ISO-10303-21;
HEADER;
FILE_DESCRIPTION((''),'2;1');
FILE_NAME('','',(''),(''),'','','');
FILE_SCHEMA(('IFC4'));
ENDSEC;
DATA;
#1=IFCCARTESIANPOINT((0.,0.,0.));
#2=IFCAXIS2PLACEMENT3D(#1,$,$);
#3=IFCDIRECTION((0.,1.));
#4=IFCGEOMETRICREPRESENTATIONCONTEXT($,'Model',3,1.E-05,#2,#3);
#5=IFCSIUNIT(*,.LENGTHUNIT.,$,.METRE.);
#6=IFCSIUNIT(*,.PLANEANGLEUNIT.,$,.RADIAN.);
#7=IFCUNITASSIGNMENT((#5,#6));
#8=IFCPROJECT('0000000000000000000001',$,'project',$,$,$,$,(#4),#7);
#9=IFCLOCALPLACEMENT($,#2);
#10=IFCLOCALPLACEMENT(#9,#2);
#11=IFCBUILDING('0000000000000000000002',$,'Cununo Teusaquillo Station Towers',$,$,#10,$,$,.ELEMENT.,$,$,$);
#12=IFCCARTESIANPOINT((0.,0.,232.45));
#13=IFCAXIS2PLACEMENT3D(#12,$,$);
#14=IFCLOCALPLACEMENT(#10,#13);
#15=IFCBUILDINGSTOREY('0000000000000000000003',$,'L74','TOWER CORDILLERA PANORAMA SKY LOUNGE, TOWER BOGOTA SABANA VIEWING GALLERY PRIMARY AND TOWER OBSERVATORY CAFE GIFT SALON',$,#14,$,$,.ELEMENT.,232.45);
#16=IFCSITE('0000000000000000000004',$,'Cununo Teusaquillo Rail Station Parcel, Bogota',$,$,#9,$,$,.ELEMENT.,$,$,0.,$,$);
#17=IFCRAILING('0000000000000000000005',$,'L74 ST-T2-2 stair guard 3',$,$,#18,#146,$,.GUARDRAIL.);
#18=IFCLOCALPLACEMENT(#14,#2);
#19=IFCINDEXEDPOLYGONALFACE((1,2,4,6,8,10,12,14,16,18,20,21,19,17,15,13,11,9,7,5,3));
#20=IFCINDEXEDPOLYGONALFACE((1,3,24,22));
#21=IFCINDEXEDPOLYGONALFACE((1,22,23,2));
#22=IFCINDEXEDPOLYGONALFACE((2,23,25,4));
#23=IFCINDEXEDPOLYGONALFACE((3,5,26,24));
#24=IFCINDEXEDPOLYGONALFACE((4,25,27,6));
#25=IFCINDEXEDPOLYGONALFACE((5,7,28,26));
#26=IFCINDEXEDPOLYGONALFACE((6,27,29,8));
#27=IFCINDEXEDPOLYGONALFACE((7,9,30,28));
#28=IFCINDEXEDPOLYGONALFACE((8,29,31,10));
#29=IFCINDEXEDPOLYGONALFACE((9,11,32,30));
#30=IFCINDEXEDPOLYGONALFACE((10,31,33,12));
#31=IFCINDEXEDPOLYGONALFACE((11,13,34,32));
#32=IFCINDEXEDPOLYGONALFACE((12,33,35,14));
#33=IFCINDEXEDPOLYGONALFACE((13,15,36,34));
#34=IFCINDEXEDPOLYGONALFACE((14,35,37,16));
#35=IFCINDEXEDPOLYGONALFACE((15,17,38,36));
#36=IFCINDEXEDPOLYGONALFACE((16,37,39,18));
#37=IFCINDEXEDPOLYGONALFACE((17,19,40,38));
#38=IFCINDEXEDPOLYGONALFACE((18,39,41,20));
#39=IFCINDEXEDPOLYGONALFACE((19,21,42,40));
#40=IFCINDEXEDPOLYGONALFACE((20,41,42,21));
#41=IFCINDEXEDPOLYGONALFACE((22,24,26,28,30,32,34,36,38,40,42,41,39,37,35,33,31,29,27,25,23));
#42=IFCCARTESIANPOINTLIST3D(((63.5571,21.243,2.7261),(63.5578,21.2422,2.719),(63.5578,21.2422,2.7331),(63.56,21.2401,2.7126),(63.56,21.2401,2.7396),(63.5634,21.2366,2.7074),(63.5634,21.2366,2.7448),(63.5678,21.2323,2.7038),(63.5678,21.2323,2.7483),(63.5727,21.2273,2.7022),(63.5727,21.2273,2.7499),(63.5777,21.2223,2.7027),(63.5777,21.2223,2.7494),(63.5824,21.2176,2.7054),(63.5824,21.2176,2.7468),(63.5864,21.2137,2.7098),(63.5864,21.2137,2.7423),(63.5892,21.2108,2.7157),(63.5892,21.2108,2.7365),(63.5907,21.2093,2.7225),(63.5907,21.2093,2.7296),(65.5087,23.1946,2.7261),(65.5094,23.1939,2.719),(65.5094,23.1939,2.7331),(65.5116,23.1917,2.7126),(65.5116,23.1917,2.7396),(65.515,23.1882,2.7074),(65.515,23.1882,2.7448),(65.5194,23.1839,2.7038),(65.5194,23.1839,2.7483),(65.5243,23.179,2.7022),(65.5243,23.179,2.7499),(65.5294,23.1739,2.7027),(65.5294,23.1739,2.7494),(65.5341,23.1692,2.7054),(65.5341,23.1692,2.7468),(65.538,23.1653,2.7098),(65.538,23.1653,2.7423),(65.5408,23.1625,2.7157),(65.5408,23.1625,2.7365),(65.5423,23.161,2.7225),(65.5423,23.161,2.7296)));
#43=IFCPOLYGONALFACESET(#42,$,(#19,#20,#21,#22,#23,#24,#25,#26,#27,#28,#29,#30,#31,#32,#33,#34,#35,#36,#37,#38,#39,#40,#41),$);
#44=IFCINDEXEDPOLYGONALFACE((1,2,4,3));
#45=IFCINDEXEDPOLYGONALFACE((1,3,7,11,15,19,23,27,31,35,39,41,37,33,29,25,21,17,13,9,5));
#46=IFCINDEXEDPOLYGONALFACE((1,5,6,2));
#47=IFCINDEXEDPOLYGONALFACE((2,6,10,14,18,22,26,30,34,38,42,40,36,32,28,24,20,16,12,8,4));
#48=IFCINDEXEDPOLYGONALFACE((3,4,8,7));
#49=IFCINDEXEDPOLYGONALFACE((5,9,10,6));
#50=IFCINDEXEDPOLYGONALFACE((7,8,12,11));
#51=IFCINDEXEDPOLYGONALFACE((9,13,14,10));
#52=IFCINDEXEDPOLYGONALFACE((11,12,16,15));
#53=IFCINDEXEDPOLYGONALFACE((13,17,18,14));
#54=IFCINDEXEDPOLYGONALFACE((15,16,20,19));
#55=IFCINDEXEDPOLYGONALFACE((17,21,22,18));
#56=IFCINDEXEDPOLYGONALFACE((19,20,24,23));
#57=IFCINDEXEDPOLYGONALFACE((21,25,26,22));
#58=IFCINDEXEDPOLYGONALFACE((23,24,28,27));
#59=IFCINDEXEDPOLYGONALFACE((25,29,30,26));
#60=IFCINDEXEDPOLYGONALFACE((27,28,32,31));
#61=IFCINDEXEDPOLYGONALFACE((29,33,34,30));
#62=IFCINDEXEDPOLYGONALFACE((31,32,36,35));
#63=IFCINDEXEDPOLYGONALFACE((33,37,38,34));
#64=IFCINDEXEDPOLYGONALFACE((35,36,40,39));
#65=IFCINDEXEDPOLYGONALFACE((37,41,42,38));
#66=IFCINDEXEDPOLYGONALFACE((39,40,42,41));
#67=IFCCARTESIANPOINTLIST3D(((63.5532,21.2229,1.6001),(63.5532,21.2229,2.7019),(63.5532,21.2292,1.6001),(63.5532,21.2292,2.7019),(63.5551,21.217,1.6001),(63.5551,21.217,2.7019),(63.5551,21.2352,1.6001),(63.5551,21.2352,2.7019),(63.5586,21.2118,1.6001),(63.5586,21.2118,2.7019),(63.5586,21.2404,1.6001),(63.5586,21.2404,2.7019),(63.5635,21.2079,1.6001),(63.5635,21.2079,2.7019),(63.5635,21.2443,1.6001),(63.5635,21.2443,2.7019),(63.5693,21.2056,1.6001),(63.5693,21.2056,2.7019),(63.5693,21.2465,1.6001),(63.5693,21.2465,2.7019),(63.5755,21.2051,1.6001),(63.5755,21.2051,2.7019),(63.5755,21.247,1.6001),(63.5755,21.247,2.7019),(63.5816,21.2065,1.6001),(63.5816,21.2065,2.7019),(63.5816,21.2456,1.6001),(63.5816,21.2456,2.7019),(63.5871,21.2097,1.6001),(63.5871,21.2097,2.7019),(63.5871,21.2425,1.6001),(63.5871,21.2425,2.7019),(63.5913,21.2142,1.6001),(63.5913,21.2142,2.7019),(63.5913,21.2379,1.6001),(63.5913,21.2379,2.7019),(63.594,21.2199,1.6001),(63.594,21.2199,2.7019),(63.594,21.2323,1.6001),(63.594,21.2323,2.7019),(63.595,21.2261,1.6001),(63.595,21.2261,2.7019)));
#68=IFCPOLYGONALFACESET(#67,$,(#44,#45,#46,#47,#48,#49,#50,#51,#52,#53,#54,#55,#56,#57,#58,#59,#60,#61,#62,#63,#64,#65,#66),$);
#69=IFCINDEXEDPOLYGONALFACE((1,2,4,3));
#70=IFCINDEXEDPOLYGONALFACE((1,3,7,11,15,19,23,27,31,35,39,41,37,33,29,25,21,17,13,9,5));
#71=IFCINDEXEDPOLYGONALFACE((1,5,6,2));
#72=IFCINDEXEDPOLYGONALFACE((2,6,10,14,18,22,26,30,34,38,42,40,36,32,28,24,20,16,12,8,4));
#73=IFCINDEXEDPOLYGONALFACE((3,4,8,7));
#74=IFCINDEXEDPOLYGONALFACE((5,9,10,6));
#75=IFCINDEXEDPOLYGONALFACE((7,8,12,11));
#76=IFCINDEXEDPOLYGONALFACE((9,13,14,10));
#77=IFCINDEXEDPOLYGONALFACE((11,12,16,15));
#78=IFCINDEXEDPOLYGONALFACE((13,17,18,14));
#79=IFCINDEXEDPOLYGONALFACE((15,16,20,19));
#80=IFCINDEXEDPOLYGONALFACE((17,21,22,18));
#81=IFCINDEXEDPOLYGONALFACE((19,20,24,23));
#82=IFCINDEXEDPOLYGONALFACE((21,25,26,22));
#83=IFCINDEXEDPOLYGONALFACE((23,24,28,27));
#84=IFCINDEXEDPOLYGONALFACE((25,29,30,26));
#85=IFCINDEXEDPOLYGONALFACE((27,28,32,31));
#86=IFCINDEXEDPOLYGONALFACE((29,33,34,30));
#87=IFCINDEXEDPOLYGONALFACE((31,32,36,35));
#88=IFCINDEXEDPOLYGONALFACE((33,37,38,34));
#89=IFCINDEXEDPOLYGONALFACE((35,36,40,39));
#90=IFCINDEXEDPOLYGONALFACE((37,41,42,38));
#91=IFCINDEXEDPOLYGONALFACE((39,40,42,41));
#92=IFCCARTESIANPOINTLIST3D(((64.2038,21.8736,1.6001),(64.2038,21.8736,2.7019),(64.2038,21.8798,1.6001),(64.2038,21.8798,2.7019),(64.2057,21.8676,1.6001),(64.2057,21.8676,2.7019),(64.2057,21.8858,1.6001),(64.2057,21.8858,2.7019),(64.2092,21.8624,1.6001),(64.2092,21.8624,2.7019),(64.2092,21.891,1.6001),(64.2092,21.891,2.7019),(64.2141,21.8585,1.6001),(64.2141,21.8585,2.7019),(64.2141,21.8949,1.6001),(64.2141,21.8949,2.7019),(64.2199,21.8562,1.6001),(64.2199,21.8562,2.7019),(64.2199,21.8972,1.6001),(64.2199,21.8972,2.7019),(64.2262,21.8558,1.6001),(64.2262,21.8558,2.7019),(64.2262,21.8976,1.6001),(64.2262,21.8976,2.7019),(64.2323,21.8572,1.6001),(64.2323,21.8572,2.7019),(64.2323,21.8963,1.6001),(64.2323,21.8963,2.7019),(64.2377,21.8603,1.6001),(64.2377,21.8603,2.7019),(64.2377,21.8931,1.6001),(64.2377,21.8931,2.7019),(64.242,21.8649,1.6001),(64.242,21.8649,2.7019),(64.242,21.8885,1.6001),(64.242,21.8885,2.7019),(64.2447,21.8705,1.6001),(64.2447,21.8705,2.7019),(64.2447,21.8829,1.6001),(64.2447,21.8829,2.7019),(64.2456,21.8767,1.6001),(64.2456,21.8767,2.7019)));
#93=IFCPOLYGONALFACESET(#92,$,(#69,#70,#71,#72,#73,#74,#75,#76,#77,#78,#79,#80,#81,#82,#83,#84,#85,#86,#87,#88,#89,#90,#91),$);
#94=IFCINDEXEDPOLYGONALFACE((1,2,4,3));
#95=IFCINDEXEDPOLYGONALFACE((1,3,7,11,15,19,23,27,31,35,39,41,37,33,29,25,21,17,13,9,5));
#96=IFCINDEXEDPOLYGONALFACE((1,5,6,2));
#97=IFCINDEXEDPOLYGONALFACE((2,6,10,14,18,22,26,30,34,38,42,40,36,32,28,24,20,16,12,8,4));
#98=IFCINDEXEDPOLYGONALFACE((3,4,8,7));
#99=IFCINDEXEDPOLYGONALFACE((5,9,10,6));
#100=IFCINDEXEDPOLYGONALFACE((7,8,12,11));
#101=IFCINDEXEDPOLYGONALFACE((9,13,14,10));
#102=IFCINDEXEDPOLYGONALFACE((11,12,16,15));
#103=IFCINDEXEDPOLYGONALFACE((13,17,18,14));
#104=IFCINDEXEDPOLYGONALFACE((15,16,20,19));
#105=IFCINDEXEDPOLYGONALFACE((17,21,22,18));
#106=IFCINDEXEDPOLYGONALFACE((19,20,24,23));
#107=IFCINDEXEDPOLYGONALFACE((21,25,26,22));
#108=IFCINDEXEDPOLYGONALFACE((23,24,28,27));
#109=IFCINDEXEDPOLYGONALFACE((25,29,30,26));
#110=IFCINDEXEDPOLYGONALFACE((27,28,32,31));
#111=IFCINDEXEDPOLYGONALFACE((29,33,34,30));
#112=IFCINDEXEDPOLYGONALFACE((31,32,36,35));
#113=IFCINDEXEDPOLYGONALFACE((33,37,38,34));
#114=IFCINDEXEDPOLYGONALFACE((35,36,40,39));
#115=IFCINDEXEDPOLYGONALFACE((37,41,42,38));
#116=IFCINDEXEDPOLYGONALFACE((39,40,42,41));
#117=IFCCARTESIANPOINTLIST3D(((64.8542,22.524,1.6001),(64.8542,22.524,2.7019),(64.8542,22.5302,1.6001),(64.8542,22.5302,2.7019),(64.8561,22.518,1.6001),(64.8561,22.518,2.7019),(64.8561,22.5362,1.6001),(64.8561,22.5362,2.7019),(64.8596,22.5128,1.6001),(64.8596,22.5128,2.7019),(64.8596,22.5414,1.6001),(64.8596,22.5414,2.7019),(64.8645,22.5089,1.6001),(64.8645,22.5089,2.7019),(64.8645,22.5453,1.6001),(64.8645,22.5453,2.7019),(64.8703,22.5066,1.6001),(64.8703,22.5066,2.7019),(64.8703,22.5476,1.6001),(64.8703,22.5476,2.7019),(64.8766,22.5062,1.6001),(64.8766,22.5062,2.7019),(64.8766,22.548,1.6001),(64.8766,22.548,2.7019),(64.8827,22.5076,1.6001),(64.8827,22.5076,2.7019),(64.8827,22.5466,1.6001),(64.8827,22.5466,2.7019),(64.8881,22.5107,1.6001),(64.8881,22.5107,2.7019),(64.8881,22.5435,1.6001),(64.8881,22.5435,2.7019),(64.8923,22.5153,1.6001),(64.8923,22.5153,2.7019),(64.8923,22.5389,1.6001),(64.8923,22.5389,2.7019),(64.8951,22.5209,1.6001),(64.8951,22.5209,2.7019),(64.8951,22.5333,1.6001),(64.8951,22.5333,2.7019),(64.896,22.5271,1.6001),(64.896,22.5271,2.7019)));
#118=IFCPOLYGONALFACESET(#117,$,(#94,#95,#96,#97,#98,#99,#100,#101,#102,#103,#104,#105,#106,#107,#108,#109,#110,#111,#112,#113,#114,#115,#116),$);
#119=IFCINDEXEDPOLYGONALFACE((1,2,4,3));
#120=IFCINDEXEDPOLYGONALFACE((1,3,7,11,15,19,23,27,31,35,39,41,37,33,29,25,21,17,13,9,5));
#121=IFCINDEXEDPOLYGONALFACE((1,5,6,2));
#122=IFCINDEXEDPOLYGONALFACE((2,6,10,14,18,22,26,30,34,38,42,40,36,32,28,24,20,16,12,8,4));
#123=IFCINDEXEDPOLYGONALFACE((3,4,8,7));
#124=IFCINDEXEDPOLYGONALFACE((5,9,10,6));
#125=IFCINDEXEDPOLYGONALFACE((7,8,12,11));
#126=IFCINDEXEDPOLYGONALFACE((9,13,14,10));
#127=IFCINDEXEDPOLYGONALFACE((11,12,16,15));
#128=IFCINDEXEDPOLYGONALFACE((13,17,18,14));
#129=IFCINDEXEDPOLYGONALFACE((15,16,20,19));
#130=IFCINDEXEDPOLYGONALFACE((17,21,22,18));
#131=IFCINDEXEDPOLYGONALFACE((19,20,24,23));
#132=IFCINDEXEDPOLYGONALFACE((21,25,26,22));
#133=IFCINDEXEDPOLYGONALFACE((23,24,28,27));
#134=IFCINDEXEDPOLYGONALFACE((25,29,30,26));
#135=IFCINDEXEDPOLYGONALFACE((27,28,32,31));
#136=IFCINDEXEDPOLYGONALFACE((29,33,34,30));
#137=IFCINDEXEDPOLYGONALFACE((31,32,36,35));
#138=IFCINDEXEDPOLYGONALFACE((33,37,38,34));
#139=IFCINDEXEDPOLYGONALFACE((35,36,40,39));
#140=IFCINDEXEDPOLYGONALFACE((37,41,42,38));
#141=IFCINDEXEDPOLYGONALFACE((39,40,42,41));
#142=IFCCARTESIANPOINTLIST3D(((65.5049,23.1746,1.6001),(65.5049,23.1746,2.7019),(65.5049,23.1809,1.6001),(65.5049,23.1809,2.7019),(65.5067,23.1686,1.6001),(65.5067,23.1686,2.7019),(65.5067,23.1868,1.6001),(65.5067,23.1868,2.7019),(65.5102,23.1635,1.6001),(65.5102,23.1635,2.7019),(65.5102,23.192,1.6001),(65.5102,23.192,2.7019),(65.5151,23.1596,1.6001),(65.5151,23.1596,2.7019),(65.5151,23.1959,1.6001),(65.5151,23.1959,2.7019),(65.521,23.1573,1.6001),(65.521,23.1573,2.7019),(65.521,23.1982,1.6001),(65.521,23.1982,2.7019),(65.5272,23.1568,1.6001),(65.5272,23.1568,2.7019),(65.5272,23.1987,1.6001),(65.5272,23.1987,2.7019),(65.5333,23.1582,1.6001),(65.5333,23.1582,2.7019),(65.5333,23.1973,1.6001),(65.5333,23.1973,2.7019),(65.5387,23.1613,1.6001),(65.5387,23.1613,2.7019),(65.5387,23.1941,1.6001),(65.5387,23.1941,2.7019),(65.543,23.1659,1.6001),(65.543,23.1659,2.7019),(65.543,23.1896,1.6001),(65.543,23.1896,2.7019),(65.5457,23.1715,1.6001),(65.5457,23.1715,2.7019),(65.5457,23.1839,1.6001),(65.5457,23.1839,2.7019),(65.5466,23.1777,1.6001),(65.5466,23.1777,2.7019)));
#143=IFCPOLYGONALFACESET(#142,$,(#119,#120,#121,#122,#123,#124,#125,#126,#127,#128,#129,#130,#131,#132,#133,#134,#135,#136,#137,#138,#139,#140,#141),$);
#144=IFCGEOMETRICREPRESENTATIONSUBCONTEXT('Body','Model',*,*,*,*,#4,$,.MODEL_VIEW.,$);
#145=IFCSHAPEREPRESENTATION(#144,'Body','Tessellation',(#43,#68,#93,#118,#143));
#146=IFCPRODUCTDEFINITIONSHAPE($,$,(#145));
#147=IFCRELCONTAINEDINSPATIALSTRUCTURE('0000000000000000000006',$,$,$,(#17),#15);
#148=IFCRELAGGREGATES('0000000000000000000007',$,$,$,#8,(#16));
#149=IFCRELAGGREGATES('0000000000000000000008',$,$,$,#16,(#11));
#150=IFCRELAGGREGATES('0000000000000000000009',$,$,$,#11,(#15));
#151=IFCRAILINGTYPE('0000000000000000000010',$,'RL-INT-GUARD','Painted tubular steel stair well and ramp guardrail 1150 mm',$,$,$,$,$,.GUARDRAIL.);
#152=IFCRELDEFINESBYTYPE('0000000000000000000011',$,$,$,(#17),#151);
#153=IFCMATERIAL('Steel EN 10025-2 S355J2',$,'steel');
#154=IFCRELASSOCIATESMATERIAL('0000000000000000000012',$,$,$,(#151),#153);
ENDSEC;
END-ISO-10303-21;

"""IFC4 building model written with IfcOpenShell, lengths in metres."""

from ifc_helpers import new_model, si_unit, direction, frame, origin, origin_2d, place, context, subcontext, project, spatial, circle, extrude, material, type_object, element, save


model = new_model("IFC4")

# Units and contexts
model_context = context("Model", 3, precision=1e-05, world=origin(), true_north=direction((0.0, 1.0)))
body_context = subcontext(model_context, "Body", "Model", "MODEL_VIEW")
ifc_project = project(units=[si_unit("LENGTHUNIT", "METRE"), si_unit("PLANEANGLEUNIT", "RADIAN")], contexts=[model_context])

# Site, building, storey
site_placement = place(None, origin())
site = spatial("IfcSite", under=ifc_project, at=site_placement, Name="Cununo Teusaquillo Rail Station Parcel, Bogota", CompositionType="ELEMENT", RefElevation=0.0)
building_placement = place(site_placement, origin())
building = spatial("IfcBuilding", under=site, at=building_placement, Name="Cununo Teusaquillo Station Towers", CompositionType="ELEMENT")
storey_placement = place(building_placement, frame((0.0, 0.0, 232.45)))
storey = spatial("IfcBuildingStorey", under=building, at=storey_placement, Name="L74", Description="TOWER CORDILLERA PANORAMA SKY LOUNGE, TOWER BOGOTA SABANA VIEWING GALLERY PRIMARY AND TOWER OBSERVATORY CAFE GIFT SALON", CompositionType="ELEMENT", Elevation=232.45)

# Railing
ifc_material_1 = material(Name="Steel EN 10025-2 S355J2", Category="steel")
railing_type = type_object("IfcRailingType", Name="RL-INT-GUARD", Description="Painted tubular steel stair well and ramp guardrail 1150 mm", PredefinedType="GUARDRAIL", material=ifc_material_1)
railing_1_placement = place(storey_placement, frame((63.574, 21.2261, 1.6001)))
element("IfcRailing", 1, at=railing_1_placement, inside=storey, type_object=railing_type, Name="L74 ST-T2-2 stair guard 3", PredefinedType="GUARDRAIL", context=body_context, shape_type="SweptSolid", body=[
    extrude(circle(Radius=0.0239, at=origin_2d()), frame((0.0, 0.0, 1.126), z_axis=(0.707107, 0.707107, 0.0), x_axis=(-0.707107, 0.707107, 0.0)), (0.0, 0.0, 1.0), 2.76),
    extrude(circle(Radius=0.021, at=origin_2d()), origin(), (0.0, 0.0, 1.0), 1.1018),
    extrude(circle(Radius=0.021, at=origin_2d()), frame((0.6506, 0.6506, 0.0)), (0.0, 0.0, 1.0), 1.1018),
    extrude(circle(Radius=0.021, at=origin_2d()), frame((1.301, 1.301, 0.0)), (0.0, 0.0, 1.0), 1.1018),
    extrude(circle(Radius=0.021, at=origin_2d()), frame((1.9517, 1.9517, 0.0)), (0.0, 0.0, 1.0), 1.1018),
])

save(model, "model.ifc")
